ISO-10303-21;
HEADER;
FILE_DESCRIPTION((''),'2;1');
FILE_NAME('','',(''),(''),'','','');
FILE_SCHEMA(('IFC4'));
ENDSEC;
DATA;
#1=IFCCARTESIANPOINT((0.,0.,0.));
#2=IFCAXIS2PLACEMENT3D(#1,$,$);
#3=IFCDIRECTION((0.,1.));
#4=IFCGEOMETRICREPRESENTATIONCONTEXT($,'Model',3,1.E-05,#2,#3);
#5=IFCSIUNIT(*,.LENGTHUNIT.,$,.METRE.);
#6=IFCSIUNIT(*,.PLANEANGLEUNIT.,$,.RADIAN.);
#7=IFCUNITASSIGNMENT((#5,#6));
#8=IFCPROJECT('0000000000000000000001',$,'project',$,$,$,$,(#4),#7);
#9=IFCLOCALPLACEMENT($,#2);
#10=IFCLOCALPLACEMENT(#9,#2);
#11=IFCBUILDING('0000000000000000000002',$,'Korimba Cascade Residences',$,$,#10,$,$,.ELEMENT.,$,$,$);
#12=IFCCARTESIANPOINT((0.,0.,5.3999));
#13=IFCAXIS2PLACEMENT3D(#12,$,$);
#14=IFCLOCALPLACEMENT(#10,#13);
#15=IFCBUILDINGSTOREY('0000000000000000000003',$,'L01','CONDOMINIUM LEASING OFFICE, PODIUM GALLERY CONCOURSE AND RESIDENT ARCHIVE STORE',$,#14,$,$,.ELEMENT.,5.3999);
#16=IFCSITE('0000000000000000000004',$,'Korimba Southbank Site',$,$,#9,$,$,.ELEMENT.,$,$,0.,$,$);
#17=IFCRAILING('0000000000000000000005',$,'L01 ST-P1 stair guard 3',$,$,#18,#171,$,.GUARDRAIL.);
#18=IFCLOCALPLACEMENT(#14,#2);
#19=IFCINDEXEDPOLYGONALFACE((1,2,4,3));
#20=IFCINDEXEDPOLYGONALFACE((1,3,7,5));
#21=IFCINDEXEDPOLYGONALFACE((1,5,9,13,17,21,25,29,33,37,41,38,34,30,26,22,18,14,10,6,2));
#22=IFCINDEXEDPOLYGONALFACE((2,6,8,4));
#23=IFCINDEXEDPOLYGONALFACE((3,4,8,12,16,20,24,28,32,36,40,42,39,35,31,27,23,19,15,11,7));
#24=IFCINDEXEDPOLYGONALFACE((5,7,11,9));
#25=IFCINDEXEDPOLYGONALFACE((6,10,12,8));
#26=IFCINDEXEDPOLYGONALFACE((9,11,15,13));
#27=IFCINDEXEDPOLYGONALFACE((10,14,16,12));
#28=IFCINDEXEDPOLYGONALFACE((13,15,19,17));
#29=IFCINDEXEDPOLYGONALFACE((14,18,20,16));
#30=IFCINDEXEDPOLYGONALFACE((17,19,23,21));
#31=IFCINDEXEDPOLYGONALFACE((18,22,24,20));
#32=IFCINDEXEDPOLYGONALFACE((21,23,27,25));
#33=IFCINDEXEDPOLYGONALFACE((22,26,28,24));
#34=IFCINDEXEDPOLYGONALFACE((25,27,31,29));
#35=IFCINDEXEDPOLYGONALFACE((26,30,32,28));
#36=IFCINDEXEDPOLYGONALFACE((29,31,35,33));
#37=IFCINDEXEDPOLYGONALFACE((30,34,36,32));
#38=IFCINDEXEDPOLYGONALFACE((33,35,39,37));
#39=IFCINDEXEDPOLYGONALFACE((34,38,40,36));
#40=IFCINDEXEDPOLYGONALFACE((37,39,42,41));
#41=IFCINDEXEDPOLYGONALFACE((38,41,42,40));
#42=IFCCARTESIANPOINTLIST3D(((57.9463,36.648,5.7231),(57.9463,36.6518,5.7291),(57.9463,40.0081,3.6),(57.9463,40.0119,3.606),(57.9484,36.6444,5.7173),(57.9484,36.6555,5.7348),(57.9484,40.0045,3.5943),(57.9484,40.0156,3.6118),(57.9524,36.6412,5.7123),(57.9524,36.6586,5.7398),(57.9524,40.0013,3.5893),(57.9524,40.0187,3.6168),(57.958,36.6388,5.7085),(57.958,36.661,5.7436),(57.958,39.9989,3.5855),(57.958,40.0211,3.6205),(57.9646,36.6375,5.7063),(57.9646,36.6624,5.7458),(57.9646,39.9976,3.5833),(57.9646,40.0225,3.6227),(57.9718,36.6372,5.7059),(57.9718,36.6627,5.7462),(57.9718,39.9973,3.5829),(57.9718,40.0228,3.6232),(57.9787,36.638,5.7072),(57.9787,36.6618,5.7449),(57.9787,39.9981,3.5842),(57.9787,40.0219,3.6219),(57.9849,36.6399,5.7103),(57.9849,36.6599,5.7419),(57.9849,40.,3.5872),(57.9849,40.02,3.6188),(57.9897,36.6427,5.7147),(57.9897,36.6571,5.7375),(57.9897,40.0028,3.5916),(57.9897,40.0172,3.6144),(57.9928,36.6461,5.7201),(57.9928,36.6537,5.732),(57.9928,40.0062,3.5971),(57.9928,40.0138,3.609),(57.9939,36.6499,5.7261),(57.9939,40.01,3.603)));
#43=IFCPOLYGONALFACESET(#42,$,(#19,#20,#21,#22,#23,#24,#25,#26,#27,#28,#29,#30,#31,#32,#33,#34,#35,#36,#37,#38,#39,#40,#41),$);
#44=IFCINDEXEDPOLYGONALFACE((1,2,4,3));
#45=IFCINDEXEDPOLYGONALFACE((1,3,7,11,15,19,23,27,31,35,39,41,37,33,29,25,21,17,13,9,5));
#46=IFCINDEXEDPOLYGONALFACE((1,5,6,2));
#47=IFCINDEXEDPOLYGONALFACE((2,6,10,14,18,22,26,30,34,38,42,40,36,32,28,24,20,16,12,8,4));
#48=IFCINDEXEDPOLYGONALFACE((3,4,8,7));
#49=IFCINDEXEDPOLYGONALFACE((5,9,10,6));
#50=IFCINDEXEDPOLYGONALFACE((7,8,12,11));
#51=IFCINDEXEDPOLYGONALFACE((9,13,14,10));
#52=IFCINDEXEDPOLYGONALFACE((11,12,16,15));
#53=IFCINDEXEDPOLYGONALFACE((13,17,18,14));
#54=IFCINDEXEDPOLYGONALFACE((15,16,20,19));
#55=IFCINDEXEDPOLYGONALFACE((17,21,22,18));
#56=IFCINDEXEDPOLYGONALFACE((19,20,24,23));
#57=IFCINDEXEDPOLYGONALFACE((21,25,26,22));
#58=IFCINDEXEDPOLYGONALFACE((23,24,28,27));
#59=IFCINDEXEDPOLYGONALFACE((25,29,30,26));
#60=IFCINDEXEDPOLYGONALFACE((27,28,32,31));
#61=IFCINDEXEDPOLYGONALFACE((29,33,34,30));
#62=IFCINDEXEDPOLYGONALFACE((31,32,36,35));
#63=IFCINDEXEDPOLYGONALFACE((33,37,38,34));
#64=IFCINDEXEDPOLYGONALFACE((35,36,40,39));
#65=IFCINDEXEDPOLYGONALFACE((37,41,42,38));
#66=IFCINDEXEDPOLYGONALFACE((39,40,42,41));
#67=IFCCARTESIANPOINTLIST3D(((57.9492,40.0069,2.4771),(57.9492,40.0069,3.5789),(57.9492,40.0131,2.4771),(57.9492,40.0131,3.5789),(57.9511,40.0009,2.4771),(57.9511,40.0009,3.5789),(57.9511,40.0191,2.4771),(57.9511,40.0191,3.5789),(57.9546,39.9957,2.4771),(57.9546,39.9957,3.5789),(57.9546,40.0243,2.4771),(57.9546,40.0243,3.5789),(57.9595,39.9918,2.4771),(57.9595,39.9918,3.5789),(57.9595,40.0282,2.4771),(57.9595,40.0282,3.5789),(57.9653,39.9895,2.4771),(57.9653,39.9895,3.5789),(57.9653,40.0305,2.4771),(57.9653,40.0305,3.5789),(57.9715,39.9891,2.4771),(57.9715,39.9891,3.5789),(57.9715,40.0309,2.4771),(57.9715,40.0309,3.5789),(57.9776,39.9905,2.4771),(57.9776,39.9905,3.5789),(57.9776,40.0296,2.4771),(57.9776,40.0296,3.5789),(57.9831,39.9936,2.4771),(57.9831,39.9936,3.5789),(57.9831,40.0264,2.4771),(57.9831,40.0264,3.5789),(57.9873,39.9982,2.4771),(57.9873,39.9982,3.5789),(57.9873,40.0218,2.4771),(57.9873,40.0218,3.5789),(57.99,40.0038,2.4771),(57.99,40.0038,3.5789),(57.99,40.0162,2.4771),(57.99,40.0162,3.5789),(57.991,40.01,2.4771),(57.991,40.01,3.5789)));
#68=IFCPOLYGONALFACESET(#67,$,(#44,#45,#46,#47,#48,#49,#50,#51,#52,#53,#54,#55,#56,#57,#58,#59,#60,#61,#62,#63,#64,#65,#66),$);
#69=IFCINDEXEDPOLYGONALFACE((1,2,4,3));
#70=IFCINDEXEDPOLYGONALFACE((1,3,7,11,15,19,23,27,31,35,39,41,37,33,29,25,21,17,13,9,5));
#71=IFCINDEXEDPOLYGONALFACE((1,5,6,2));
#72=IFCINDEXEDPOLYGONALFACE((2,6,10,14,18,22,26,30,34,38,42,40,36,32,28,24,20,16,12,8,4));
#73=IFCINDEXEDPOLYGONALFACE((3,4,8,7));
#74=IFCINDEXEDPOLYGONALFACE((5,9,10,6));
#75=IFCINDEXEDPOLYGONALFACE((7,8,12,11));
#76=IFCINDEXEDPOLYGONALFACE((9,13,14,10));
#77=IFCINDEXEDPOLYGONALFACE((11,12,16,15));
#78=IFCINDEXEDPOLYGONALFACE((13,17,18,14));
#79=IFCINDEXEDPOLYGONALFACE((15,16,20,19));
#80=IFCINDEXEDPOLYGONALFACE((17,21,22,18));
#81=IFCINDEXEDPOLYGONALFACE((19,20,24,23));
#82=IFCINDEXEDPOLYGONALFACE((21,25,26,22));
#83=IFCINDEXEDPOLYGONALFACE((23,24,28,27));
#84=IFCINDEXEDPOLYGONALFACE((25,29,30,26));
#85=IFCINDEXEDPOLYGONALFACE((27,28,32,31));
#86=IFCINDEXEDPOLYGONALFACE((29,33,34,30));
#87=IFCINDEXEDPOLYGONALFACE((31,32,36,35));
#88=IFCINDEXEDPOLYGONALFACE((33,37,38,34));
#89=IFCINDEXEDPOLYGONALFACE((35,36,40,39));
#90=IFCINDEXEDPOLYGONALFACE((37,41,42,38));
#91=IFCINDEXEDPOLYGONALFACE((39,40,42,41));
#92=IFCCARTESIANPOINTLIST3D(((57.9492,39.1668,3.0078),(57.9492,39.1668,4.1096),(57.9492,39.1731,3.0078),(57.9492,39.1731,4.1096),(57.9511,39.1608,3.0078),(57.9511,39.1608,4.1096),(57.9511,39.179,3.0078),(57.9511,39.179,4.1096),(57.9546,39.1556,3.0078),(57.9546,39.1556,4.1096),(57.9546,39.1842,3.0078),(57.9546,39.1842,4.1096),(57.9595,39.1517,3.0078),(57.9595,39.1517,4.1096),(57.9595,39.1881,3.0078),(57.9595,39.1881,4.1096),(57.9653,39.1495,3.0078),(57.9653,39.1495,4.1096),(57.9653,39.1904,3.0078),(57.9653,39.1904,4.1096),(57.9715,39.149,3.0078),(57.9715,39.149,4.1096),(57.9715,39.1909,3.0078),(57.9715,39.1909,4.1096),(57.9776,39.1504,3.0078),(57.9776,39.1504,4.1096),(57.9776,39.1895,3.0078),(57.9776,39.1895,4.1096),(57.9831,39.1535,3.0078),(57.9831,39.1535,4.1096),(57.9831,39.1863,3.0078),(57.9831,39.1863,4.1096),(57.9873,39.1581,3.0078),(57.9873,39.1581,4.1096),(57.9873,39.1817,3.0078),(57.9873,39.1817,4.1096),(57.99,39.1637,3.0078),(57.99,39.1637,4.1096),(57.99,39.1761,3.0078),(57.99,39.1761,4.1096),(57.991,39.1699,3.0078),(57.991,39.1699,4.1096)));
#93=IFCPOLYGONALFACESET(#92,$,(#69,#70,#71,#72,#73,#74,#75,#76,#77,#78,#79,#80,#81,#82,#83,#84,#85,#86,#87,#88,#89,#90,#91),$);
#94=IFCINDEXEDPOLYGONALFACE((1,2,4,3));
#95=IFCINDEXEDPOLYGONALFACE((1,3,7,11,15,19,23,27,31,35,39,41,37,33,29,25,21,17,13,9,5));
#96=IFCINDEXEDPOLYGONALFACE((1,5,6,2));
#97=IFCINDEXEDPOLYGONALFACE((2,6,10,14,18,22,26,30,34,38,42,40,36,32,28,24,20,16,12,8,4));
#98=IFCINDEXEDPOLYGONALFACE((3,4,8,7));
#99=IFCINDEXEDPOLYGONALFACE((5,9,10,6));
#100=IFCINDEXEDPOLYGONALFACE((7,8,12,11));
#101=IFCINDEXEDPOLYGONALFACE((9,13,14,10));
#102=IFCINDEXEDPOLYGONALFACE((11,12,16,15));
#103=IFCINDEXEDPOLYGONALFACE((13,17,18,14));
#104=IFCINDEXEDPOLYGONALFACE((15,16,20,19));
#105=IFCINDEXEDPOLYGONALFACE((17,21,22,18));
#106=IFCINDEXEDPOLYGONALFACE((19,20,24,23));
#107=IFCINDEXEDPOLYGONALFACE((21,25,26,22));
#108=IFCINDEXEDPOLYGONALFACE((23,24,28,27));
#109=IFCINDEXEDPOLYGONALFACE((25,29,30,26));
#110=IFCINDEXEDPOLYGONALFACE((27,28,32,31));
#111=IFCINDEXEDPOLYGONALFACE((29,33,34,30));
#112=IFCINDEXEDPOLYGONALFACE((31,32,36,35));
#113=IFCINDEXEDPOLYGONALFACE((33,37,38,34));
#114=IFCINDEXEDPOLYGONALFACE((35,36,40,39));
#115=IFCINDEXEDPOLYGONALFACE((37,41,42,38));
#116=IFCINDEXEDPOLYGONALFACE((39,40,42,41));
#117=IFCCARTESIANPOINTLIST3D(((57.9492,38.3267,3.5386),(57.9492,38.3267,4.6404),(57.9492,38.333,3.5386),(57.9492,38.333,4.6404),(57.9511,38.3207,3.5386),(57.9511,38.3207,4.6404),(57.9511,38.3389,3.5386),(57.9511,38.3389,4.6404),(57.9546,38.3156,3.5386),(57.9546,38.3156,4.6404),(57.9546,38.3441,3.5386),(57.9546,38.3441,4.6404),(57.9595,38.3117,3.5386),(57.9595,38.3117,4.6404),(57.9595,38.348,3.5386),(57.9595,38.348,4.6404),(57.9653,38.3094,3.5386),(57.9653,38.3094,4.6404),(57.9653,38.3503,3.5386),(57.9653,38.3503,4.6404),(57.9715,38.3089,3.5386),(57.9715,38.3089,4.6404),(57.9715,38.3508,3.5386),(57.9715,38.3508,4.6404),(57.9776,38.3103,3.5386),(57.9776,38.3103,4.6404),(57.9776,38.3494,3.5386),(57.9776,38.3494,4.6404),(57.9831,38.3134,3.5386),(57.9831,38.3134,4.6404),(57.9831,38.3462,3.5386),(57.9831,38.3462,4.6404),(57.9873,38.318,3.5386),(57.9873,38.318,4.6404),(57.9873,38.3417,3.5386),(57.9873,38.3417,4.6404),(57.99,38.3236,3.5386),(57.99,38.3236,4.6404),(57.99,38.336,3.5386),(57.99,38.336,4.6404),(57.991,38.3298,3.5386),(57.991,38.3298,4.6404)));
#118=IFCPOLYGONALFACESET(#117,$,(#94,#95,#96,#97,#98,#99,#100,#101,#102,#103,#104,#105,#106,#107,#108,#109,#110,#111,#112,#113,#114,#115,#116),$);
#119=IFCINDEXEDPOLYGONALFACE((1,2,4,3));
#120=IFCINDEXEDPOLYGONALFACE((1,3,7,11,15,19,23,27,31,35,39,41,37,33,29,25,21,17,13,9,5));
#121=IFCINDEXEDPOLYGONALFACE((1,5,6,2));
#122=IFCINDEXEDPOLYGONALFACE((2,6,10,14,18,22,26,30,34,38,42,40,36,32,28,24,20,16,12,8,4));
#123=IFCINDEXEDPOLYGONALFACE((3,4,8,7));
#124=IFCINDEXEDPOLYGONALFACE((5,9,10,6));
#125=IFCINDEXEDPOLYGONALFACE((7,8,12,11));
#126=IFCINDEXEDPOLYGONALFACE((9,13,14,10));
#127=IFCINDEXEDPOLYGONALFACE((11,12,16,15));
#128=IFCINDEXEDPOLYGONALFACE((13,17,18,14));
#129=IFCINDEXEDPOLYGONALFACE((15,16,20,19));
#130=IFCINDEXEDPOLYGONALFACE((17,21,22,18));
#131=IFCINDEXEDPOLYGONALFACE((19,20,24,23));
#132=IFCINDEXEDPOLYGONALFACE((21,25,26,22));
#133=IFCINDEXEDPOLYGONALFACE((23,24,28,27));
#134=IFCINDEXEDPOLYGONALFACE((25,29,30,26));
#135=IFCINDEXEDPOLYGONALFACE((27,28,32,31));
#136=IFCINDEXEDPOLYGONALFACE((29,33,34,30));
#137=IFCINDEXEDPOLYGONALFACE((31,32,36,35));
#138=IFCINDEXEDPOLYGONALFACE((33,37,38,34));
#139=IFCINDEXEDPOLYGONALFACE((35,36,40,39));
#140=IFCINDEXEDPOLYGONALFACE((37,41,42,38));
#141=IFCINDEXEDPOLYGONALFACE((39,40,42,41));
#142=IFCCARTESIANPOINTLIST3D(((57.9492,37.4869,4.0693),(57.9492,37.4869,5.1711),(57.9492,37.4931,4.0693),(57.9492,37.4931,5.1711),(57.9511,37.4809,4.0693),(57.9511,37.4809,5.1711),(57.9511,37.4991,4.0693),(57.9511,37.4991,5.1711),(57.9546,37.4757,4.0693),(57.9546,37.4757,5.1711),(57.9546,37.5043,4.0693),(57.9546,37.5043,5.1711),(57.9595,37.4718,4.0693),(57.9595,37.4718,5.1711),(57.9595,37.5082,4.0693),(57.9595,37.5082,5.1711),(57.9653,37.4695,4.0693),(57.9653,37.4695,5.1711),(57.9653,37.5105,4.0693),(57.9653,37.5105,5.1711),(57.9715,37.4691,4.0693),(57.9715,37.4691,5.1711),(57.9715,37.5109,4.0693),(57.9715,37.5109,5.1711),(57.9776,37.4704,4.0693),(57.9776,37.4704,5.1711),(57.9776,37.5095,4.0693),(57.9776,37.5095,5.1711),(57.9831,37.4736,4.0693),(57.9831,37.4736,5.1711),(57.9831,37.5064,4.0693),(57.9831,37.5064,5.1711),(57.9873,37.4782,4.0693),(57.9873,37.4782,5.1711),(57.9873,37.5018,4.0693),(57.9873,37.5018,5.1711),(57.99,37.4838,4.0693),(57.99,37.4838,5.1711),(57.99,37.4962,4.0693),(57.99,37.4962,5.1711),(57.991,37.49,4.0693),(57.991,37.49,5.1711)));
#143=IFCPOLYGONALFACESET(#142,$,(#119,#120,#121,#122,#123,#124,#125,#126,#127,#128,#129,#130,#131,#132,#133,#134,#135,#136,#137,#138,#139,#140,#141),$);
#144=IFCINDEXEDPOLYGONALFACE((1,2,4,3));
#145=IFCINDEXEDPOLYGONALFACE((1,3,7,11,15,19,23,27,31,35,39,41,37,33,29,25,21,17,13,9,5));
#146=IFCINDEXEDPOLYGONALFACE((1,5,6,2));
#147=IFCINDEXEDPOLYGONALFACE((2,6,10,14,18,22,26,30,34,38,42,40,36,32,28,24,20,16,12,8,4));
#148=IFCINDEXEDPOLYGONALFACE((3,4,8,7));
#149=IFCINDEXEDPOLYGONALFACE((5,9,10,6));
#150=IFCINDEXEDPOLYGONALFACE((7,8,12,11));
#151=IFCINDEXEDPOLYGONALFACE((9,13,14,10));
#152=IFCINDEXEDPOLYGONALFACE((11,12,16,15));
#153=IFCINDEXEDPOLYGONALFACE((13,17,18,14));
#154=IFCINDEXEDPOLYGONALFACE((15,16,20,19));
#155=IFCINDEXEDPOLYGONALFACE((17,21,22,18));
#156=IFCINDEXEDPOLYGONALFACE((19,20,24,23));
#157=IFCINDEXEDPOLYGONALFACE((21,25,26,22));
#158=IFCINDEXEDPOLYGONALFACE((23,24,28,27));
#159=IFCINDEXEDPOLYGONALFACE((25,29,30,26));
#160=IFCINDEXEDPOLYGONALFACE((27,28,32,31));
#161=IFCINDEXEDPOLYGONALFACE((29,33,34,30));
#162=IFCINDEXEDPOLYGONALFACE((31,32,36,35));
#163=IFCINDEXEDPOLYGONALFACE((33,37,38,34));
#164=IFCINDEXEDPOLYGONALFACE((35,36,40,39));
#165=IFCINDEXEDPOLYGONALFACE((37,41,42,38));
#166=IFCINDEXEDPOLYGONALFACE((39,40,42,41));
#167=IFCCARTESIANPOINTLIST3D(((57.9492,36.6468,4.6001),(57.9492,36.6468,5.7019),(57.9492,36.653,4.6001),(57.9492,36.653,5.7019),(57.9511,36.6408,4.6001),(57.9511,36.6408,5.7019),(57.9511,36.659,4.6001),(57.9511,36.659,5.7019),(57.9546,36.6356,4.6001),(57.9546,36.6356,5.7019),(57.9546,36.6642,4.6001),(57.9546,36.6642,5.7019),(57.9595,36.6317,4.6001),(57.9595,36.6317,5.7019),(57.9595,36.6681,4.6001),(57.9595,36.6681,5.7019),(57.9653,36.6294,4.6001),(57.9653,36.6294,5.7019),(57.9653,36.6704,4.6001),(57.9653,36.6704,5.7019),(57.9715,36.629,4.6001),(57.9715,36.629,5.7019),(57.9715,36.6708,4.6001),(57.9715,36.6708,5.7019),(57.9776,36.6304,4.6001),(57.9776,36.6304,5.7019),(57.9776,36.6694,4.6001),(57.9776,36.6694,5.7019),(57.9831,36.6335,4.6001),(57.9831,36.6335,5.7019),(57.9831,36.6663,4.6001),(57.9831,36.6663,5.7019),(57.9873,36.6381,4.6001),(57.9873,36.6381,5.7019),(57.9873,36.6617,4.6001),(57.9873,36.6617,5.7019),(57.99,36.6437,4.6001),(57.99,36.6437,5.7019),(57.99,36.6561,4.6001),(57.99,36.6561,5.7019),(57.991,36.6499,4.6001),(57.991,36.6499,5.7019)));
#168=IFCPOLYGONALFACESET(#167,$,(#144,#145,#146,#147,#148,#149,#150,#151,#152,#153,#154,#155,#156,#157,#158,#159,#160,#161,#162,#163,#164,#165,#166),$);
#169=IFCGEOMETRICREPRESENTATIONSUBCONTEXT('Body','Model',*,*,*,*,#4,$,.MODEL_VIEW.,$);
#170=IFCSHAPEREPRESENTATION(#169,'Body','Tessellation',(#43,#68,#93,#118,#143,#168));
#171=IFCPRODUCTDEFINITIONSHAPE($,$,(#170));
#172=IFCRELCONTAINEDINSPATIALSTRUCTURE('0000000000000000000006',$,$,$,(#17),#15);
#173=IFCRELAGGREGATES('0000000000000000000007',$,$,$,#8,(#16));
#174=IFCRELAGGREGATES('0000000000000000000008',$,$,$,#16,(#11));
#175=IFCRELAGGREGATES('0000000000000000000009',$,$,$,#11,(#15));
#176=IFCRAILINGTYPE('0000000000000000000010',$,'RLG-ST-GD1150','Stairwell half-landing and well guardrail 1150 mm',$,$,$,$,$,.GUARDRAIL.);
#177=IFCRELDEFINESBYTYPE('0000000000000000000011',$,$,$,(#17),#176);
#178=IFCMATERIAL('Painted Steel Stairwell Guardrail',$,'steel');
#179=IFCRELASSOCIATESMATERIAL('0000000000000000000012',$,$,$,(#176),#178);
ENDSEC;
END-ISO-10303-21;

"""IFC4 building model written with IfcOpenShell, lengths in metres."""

from ifc_helpers import new_model, si_unit, direction, frame, origin, origin_2d, place, context, subcontext, project, spatial, circle, extrude, material, type_object, element, save


model = new_model("IFC4")

# Units and contexts
model_context = context("Model", 3, precision=1e-05, world=origin(), true_north=direction((0.0, 1.0)))
body_context = subcontext(model_context, "Body", "Model", "MODEL_VIEW")
ifc_project = project(units=[si_unit("LENGTHUNIT", "METRE"), si_unit("PLANEANGLEUNIT", "RADIAN")], contexts=[model_context])

# Site, building, storey
site_placement = place(None, origin())
site = spatial("IfcSite", under=ifc_project, at=site_placement, Name="Korimba Southbank Site", CompositionType="ELEMENT", RefElevation=0.0)
building_placement = place(site_placement, origin())
building = spatial("IfcBuilding", under=site, at=building_placement, Name="Korimba Cascade Residences", CompositionType="ELEMENT")
storey_placement = place(building_placement, frame((0.0, 0.0, 5.3999)))
storey = spatial("IfcBuildingStorey", under=building, at=storey_placement, Name="L01", Description="CONDOMINIUM LEASING OFFICE, PODIUM GALLERY CONCOURSE AND RESIDENT ARCHIVE STORE", CompositionType="ELEMENT", Elevation=5.3999)

# Railing
ifc_material_1 = material(Name="Painted Steel Stairwell Guardrail", Category="steel")
railing_type_1 = type_object("IfcRailingType", Name="RLG-ST-GD1150", Description="Stairwell half-landing and well guardrail 1150 mm", PredefinedType="GUARDRAIL", material=ifc_material_1)
railing_1_placement = place(storey_placement, frame((57.97, 40.01, 2.4771)))
element("IfcRailing", 1, at=railing_1_placement, inside=storey, type_object=railing_type_1, Name="L01 ST-P1 stair guard 3", PredefinedType="GUARDRAIL", context=body_context, shape_type="SweptSolid", body=[
    extrude(circle(Radius=0.0239, at=origin_2d()), frame((0.0, 0.0, 1.126), z_axis=(0.0, -0.84539, 0.53415), x_axis=(1.0, 0.0, 0.0)), (0.0, 0.0, 1.0), 3.9746),
    extrude(circle(Radius=0.021, at=origin_2d()), origin(), (0.0, 0.0, 1.0), 1.1018),
    extrude(circle(Radius=0.021, at=origin_2d()), frame((0.0, -0.8401, 0.5308)), (0.0, 0.0, 1.0), 1.1018),
    extrude(circle(Radius=0.021, at=origin_2d()), frame((0.0, -1.6802, 1.0615)), (0.0, 0.0, 1.0), 1.1018),
    extrude(circle(Radius=0.021, at=origin_2d()), frame((0.0, -2.52, 1.5923)), (0.0, 0.0, 1.0), 1.1018),
    extrude(circle(Radius=0.021, at=origin_2d()), frame((0.0, -3.3601, 2.123)), (0.0, 0.0, 1.0), 1.1018),
])

save(model, "model.ifc")
